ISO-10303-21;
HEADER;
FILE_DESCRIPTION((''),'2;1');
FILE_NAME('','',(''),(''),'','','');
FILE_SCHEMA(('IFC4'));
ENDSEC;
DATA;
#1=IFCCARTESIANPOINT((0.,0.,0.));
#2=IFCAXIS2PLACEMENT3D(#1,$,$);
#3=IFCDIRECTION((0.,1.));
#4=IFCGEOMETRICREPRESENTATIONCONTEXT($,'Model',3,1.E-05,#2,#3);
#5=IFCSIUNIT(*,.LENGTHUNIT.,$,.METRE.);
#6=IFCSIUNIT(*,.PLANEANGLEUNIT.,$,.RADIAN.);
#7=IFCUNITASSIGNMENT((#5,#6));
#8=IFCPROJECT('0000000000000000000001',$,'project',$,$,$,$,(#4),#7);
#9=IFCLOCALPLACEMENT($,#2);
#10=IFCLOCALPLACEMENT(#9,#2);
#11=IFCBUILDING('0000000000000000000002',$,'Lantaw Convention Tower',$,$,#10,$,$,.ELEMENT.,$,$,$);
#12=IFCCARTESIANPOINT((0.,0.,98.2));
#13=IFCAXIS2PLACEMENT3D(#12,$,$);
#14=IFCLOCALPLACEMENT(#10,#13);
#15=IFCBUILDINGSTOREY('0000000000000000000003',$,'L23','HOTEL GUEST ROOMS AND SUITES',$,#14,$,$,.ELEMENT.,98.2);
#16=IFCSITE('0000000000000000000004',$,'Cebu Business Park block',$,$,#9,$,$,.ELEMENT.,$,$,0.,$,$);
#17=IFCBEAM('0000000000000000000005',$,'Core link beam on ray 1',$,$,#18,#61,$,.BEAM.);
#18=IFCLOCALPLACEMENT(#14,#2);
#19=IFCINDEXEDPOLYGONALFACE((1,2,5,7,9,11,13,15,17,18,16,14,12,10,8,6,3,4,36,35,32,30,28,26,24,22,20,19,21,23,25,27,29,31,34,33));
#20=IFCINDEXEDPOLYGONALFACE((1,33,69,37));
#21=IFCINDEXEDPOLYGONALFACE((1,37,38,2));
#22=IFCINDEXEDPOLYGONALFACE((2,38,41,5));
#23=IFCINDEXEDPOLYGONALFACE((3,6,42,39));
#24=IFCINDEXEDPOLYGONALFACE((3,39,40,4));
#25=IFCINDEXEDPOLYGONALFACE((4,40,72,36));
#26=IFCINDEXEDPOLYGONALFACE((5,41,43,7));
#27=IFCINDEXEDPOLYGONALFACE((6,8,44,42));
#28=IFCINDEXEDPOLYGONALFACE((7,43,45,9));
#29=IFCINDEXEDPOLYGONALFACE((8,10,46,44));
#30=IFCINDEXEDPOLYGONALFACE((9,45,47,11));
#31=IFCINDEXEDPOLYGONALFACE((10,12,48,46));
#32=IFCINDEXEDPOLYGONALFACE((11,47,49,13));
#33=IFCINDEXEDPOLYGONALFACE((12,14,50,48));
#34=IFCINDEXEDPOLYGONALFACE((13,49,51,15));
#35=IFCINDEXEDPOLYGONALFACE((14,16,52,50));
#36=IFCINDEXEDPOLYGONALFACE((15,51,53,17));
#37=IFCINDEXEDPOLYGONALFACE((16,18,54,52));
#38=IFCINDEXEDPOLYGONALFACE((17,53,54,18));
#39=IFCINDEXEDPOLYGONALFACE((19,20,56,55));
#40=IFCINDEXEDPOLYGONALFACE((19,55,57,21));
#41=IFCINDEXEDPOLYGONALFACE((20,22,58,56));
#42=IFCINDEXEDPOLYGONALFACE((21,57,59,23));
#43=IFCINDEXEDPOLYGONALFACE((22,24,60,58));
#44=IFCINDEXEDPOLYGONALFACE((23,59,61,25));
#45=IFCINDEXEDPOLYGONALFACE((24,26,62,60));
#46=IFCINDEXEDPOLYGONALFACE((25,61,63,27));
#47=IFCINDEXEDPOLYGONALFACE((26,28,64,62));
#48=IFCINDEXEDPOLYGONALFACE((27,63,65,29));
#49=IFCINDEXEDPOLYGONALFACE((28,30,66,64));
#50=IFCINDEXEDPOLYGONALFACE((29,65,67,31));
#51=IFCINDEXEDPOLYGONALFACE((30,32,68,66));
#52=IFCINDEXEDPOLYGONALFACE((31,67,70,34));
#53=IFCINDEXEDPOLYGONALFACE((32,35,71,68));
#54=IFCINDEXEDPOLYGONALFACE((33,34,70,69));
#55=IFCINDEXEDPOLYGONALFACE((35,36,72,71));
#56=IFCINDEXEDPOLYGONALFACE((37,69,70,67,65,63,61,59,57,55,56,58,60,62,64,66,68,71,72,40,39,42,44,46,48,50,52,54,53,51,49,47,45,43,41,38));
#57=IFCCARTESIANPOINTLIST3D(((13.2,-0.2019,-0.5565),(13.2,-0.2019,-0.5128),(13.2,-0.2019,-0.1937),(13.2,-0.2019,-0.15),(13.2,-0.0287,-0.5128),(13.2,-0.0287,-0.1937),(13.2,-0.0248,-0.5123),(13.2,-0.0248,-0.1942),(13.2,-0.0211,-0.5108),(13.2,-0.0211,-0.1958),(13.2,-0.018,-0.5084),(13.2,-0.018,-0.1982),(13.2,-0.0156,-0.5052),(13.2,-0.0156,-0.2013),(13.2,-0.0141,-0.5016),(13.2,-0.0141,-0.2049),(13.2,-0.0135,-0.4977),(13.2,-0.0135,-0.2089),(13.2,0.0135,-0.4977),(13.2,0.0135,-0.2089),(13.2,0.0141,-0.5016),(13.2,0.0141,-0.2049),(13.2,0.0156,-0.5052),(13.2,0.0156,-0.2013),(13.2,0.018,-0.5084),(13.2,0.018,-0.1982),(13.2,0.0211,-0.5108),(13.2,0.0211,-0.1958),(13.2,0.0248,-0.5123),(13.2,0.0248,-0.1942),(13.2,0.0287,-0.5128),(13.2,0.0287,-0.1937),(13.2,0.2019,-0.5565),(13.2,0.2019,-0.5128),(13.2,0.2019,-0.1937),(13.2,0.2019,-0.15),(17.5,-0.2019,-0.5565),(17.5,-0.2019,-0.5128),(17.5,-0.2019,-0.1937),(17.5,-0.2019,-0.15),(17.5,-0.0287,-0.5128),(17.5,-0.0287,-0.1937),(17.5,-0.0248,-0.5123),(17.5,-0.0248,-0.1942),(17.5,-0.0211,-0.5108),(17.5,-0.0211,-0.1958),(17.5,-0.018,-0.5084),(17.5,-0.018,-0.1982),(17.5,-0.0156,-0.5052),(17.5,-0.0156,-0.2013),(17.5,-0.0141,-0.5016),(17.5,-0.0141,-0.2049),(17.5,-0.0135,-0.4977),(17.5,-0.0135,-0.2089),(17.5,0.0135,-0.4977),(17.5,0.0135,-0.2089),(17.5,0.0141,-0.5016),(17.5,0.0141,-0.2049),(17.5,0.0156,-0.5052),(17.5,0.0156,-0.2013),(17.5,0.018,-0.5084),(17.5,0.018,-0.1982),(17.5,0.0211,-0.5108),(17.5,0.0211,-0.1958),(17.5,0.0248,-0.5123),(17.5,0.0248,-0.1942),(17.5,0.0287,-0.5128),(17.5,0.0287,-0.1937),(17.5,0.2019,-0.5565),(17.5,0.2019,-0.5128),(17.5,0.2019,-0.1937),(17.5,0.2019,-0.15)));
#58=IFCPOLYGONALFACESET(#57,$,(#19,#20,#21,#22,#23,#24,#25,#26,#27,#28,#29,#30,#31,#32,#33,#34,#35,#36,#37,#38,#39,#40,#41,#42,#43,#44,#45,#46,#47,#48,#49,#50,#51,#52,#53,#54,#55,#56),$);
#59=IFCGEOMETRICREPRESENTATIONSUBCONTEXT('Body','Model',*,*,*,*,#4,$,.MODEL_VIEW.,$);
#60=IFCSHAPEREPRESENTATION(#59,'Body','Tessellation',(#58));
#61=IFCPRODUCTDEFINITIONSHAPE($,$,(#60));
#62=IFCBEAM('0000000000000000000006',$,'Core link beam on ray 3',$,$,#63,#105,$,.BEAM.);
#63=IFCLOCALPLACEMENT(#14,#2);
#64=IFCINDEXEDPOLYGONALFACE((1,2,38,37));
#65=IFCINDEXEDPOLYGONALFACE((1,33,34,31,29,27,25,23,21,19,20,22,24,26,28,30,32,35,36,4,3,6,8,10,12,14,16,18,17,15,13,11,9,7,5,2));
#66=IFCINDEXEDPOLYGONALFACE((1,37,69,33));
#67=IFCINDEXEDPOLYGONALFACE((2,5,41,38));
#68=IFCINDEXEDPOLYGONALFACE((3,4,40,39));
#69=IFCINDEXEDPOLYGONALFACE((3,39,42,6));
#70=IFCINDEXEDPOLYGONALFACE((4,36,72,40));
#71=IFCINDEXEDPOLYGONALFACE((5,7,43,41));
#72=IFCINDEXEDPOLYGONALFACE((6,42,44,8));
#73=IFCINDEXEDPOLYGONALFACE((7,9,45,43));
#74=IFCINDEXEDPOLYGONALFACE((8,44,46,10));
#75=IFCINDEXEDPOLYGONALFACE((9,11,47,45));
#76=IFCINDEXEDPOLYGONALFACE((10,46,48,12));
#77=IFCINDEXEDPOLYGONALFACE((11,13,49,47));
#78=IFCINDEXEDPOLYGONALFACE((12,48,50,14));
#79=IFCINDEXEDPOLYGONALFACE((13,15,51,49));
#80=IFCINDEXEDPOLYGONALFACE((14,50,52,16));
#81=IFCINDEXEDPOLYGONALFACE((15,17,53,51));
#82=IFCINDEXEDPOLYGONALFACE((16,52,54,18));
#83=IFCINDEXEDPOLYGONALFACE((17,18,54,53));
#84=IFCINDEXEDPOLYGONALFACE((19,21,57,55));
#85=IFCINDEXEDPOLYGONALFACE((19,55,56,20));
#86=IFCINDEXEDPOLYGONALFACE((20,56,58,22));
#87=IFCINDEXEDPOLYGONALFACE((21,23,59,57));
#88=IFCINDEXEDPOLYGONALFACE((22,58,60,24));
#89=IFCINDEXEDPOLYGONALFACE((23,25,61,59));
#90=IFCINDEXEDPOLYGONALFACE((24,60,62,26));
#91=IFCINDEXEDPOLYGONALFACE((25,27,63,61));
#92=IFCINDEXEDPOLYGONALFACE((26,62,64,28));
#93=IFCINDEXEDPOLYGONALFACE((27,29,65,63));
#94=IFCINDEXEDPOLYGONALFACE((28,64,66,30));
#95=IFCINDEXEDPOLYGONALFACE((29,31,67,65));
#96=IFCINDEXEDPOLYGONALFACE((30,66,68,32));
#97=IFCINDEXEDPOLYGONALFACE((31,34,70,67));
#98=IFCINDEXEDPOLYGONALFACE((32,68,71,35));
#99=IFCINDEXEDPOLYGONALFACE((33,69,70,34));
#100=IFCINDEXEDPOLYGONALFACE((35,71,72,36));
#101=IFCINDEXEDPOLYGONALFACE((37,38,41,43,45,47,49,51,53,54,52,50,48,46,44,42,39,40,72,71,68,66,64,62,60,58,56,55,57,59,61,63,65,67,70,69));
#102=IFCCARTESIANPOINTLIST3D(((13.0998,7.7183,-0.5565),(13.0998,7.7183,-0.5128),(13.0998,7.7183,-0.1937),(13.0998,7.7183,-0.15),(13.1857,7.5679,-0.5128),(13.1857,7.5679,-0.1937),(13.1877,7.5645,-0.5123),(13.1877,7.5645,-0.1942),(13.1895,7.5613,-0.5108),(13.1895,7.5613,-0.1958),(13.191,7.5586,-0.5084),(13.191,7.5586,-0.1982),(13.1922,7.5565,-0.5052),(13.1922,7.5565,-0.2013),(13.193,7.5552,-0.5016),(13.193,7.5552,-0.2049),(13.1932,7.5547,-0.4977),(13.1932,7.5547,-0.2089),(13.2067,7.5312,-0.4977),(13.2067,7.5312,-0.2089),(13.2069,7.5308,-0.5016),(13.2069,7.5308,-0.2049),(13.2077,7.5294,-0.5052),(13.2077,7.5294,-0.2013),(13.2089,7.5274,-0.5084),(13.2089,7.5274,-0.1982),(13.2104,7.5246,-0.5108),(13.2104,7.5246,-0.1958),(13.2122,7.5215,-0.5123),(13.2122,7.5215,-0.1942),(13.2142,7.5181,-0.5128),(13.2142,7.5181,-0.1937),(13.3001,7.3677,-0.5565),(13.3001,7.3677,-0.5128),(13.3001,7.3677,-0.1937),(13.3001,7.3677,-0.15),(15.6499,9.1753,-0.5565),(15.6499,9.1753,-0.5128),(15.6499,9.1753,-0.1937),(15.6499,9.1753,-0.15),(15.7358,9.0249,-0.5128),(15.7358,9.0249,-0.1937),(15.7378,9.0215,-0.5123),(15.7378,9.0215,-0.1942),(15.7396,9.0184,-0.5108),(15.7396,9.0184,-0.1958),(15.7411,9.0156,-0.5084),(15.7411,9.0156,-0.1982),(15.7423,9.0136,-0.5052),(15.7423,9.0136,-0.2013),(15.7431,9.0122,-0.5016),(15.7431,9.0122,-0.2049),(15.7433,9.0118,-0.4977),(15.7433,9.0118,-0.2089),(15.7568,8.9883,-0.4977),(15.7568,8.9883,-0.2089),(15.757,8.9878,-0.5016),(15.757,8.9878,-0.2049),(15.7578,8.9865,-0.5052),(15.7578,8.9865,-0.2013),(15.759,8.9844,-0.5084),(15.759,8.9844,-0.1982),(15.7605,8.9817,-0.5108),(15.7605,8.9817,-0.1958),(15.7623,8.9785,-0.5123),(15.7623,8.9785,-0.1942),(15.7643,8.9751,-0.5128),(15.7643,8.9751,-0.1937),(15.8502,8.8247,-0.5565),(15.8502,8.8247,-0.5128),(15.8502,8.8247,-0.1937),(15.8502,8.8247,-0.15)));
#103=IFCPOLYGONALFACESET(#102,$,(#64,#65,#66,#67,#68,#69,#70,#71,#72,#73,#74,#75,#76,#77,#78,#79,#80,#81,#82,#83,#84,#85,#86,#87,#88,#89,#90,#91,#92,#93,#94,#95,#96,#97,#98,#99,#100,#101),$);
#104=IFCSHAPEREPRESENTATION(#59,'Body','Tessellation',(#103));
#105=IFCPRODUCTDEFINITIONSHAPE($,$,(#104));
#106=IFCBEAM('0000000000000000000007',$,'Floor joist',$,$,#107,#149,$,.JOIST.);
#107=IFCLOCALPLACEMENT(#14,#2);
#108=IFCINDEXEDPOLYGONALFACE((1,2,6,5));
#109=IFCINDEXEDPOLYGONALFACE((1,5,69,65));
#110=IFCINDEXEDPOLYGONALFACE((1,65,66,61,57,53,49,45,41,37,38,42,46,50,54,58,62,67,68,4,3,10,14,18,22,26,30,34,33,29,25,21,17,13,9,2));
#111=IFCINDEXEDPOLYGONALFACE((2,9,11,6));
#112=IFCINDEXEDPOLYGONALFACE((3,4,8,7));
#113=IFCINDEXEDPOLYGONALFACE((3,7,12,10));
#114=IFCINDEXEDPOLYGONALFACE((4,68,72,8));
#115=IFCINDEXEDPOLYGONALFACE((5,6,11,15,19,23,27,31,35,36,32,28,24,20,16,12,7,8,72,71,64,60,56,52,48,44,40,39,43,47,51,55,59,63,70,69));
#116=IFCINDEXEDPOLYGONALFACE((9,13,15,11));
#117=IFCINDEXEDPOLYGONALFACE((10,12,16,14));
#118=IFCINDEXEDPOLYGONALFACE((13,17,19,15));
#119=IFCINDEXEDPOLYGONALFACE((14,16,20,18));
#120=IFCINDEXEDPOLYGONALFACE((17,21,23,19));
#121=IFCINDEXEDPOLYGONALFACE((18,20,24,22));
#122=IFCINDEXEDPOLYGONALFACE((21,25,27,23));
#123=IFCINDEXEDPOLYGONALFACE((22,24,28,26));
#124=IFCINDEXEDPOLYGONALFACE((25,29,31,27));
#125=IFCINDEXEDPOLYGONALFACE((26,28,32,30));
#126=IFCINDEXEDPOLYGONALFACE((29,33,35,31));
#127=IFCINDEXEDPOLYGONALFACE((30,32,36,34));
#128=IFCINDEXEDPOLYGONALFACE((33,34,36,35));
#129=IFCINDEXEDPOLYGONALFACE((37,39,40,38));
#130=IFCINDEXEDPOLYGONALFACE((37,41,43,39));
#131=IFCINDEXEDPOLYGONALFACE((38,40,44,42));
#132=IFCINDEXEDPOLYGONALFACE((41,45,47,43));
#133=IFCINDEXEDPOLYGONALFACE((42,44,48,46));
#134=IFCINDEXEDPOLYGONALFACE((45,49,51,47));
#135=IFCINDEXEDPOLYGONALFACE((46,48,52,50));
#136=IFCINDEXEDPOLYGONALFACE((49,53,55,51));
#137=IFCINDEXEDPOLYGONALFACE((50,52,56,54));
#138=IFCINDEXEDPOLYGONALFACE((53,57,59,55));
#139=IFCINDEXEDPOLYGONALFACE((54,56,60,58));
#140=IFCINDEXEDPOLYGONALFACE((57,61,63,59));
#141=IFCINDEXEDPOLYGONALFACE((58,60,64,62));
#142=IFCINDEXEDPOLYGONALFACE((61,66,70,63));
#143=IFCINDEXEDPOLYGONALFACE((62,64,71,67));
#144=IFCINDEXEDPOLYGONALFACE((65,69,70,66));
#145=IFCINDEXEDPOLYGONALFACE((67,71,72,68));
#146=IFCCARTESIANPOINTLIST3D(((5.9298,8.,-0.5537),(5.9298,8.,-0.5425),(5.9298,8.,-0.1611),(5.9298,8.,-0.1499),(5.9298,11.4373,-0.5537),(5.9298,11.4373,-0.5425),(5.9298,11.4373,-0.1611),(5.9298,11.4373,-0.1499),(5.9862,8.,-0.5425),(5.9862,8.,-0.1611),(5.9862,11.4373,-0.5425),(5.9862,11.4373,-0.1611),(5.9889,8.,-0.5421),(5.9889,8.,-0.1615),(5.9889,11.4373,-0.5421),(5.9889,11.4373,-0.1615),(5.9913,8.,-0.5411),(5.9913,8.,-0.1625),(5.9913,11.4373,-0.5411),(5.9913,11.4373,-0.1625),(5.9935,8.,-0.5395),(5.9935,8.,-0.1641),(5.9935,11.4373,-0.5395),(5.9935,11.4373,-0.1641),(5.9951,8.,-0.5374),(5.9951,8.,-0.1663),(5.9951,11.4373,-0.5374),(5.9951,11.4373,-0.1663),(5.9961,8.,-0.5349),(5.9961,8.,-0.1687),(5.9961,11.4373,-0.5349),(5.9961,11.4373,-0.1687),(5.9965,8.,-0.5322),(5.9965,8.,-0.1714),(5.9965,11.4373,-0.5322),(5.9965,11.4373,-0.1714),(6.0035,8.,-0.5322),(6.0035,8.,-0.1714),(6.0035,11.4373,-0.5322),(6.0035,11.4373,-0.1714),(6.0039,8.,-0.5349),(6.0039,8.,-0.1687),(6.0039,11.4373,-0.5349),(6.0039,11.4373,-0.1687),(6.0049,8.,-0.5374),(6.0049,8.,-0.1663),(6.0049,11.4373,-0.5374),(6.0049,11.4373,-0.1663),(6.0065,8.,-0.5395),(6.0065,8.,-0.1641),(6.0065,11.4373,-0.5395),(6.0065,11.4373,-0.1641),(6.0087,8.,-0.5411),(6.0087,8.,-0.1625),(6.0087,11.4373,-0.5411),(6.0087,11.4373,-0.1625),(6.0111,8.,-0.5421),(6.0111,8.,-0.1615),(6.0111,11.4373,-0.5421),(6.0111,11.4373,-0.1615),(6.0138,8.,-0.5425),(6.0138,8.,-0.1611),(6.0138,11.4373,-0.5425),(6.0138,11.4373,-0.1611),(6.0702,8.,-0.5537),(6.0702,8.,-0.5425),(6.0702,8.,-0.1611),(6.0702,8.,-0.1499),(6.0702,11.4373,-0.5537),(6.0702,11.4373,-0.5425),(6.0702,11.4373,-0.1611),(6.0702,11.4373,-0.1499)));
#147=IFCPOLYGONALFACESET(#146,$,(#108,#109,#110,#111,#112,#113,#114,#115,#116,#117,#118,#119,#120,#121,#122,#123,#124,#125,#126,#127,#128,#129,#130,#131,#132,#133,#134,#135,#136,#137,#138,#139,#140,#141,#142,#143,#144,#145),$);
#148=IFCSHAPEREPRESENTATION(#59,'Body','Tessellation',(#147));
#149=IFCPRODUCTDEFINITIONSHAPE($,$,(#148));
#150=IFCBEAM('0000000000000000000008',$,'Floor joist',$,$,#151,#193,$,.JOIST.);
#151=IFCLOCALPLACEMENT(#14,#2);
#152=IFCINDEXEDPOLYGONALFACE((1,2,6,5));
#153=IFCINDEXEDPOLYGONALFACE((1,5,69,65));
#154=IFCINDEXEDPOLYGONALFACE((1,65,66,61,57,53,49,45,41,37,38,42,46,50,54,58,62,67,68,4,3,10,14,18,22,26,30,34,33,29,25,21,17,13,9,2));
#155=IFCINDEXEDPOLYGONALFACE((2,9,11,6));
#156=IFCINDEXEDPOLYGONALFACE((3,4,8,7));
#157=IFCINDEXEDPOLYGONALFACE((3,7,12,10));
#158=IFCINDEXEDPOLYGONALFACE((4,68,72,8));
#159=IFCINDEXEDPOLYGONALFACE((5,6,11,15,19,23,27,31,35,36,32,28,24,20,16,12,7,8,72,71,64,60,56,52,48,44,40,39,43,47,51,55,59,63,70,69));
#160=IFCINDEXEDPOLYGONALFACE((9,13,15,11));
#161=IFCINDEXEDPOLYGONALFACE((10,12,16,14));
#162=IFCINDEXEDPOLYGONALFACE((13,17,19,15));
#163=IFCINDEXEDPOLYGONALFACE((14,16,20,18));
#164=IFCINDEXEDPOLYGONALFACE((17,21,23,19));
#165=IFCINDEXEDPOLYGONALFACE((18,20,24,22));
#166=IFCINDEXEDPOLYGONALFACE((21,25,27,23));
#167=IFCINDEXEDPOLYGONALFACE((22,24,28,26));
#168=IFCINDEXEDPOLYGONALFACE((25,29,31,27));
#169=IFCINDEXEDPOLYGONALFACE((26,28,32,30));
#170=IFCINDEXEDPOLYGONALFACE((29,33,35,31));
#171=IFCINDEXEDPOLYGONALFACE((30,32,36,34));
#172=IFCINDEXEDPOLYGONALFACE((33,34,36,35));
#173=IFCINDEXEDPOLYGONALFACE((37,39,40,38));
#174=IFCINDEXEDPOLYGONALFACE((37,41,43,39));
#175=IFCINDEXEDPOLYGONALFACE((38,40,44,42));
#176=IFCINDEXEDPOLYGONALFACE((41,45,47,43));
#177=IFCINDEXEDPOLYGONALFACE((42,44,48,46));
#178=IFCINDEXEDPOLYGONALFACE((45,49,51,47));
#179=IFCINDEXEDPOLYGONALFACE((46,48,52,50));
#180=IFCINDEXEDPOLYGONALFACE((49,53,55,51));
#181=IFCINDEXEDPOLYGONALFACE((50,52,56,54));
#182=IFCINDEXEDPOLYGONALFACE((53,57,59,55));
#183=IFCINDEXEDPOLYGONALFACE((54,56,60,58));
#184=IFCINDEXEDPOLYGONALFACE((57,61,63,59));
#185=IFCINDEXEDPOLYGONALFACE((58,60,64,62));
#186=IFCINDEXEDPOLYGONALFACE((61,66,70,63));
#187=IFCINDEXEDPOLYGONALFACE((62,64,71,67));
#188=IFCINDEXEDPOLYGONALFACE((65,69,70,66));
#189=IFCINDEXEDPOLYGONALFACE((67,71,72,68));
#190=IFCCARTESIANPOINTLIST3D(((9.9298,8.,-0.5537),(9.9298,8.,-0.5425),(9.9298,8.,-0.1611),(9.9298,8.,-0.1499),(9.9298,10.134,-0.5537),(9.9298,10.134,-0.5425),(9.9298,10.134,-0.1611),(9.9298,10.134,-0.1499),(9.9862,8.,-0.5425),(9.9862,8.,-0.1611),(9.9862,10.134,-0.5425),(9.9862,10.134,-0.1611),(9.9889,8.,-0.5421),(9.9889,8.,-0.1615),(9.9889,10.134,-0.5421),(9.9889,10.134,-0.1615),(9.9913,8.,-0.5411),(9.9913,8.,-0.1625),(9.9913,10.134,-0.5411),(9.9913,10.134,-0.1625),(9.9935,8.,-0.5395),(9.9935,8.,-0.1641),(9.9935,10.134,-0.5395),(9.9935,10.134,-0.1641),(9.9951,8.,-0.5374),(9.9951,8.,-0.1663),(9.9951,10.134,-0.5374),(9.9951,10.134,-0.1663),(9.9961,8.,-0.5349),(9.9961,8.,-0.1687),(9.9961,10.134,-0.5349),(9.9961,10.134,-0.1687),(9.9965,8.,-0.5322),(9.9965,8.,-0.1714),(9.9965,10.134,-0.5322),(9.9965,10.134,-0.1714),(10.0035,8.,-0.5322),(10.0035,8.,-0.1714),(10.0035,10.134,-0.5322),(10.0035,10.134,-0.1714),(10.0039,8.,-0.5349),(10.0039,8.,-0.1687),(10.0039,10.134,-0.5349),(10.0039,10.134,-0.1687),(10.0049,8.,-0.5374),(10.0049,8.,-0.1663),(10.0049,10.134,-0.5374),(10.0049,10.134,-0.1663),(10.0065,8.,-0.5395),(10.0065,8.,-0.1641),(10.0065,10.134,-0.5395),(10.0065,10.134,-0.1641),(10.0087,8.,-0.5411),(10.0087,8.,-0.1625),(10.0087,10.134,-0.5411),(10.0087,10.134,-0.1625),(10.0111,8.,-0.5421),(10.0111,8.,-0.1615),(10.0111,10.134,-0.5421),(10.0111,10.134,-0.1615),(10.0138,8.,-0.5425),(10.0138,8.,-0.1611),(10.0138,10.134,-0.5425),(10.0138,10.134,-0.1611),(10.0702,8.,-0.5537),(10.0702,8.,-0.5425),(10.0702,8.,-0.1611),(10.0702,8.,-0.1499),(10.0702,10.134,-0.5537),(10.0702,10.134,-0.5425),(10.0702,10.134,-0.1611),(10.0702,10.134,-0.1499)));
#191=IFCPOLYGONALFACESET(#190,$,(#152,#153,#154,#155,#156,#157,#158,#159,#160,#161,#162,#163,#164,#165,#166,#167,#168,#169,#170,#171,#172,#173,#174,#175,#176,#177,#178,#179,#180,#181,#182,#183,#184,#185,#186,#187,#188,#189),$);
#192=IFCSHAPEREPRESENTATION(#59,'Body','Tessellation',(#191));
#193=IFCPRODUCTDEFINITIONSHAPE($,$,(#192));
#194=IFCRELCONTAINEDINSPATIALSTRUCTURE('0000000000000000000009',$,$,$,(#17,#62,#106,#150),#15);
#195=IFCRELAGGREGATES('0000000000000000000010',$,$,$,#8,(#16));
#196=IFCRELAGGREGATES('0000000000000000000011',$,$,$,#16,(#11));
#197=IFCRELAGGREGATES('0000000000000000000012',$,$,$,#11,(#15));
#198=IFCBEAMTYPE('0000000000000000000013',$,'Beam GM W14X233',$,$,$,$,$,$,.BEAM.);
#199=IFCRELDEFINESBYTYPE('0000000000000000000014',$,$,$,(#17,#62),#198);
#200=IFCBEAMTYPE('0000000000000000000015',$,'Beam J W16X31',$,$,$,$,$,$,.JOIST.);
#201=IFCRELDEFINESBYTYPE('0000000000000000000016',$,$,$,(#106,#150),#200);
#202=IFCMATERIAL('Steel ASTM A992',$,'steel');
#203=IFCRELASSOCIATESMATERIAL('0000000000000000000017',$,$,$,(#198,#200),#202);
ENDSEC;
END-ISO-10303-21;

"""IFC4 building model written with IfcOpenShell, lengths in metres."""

from ifc_helpers import new_model, si_unit, direction, frame, origin, origin_2d, place, context, subcontext, project, spatial, i_section, extrude, material, material_profile, profile_set, type_object, element, save


model = new_model("IFC4")

# Units and contexts
model_context = context("Model", 3, precision=1e-05, world=origin(), true_north=direction((0.0, 1.0)))
body_context = subcontext(model_context, "Body", "Model", "MODEL_VIEW")
ifc_project = project(units=[si_unit("LENGTHUNIT", "METRE"), si_unit("PLANEANGLEUNIT", "RADIAN")], contexts=[model_context])

# Site, building, storey
site_placement = place(None, origin())
site = spatial("IfcSite", under=ifc_project, at=site_placement, Name="Cebu Business Park block", CompositionType="ELEMENT", RefElevation=0.0)
building_placement = place(site_placement, origin())
building = spatial("IfcBuilding", under=site, at=building_placement, Name="Lantaw Convention Tower", CompositionType="ELEMENT")
storey_placement = place(building_placement, frame((0.0, 0.0, 98.2)))
storey = spatial("IfcBuildingStorey", under=building, at=storey_placement, Name="L23", Description="HOTEL GUEST ROOMS AND SUITES", CompositionType="ELEMENT", Elevation=98.2)

# Beams
ifc_material_1 = material(Name="Steel ASTM A992", Category="steel")
ifc_material_profile_1 = material_profile(ifc_material_1, i_section(OverallWidth=0.4038, OverallDepth=0.4065, WebThickness=0.0271, FlangeThickness=0.0437, FilletRadius=0.0151, at=origin_2d()), Name="W14X233")
ifc_profile_set_1 = profile_set([ifc_material_profile_1], Name="Steel ASTM A992")
beam_type_1 = type_object("IfcBeamType", Name="Beam GM W14X233", PredefinedType="BEAM", material=ifc_profile_set_1)
beam_1_placement = place(storey_placement, frame((13.2, 0.0, -0.3533), z_axis=(1.0, 0.0, 0.0), x_axis=(0.0, 1.0, 0.0)))
element("IfcBeam", 1, at=beam_1_placement, inside=storey, type_object=beam_type_1, Name="Core link beam on ray 1", PredefinedType="BEAM", context=body_context, shape_type="SweptSolid", body=[
    extrude(i_section(OverallWidth=0.4038, OverallDepth=0.4065, WebThickness=0.0271, FlangeThickness=0.0437, FilletRadius=0.0151, at=origin_2d()), origin(), (0.0, 0.0, 1.0), 4.3),
])
beam_2_placement = place(storey_placement, frame((13.2, 7.543, -0.3533), z_axis=(0.868264, 0.496103, 0.0), x_axis=(-0.496103, 0.868264, 0.0)))
element("IfcBeam", 2, at=beam_2_placement, inside=storey, type_object=beam_type_1, Name="Core link beam on ray 3", PredefinedType="BEAM", context=body_context, shape_type="SweptSolid", body=[
    extrude(i_section(OverallWidth=0.4038, OverallDepth=0.4065, WebThickness=0.0271, FlangeThickness=0.0437, FilletRadius=0.0151, at=origin_2d()), origin(), (0.0, 0.0, 1.0), 2.937),
])
ifc_material_profile_2 = material_profile(ifc_material_1, i_section(OverallWidth=0.1404, OverallDepth=0.4038, WebThickness=0.0071, FlangeThickness=0.0112, FilletRadius=0.0103, at=origin_2d()), Name="W16X31")
ifc_profile_set_2 = profile_set([ifc_material_profile_2], Name="Steel ASTM A992")
beam_type_2 = type_object("IfcBeamType", Name="Beam J W16X31", PredefinedType="JOIST", material=ifc_profile_set_2)
beam_3_placement = place(storey_placement, frame((6.0, 8.0, -0.3518), z_axis=(0.0, 1.0, 0.0), x_axis=(-1.0, 0.0, 0.0)))
element("IfcBeam", 3, at=beam_3_placement, inside=storey, type_object=beam_type_2, Name="Floor joist", PredefinedType="JOIST", context=body_context, shape_type="SweptSolid", body=[
    extrude(i_section(OverallWidth=0.1404, OverallDepth=0.4038, WebThickness=0.0071, FlangeThickness=0.0112, FilletRadius=0.0103, at=origin_2d()), origin(), (0.0, 0.0, 1.0), 3.4373),
])
beam_4_placement = place(storey_placement, frame((10.0, 8.0, -0.3518), z_axis=(0.0, 1.0, 0.0), x_axis=(-1.0, 0.0, 0.0)))
element("IfcBeam", 4, at=beam_4_placement, inside=storey, type_object=beam_type_2, Name="Floor joist", PredefinedType="JOIST", context=body_context, shape_type="SweptSolid", body=[
    extrude(i_section(OverallWidth=0.1404, OverallDepth=0.4038, WebThickness=0.0071, FlangeThickness=0.0112, FilletRadius=0.0103, at=origin_2d()), origin(), (0.0, 0.0, 1.0), 2.134),
])

save(model, "model.ifc")
